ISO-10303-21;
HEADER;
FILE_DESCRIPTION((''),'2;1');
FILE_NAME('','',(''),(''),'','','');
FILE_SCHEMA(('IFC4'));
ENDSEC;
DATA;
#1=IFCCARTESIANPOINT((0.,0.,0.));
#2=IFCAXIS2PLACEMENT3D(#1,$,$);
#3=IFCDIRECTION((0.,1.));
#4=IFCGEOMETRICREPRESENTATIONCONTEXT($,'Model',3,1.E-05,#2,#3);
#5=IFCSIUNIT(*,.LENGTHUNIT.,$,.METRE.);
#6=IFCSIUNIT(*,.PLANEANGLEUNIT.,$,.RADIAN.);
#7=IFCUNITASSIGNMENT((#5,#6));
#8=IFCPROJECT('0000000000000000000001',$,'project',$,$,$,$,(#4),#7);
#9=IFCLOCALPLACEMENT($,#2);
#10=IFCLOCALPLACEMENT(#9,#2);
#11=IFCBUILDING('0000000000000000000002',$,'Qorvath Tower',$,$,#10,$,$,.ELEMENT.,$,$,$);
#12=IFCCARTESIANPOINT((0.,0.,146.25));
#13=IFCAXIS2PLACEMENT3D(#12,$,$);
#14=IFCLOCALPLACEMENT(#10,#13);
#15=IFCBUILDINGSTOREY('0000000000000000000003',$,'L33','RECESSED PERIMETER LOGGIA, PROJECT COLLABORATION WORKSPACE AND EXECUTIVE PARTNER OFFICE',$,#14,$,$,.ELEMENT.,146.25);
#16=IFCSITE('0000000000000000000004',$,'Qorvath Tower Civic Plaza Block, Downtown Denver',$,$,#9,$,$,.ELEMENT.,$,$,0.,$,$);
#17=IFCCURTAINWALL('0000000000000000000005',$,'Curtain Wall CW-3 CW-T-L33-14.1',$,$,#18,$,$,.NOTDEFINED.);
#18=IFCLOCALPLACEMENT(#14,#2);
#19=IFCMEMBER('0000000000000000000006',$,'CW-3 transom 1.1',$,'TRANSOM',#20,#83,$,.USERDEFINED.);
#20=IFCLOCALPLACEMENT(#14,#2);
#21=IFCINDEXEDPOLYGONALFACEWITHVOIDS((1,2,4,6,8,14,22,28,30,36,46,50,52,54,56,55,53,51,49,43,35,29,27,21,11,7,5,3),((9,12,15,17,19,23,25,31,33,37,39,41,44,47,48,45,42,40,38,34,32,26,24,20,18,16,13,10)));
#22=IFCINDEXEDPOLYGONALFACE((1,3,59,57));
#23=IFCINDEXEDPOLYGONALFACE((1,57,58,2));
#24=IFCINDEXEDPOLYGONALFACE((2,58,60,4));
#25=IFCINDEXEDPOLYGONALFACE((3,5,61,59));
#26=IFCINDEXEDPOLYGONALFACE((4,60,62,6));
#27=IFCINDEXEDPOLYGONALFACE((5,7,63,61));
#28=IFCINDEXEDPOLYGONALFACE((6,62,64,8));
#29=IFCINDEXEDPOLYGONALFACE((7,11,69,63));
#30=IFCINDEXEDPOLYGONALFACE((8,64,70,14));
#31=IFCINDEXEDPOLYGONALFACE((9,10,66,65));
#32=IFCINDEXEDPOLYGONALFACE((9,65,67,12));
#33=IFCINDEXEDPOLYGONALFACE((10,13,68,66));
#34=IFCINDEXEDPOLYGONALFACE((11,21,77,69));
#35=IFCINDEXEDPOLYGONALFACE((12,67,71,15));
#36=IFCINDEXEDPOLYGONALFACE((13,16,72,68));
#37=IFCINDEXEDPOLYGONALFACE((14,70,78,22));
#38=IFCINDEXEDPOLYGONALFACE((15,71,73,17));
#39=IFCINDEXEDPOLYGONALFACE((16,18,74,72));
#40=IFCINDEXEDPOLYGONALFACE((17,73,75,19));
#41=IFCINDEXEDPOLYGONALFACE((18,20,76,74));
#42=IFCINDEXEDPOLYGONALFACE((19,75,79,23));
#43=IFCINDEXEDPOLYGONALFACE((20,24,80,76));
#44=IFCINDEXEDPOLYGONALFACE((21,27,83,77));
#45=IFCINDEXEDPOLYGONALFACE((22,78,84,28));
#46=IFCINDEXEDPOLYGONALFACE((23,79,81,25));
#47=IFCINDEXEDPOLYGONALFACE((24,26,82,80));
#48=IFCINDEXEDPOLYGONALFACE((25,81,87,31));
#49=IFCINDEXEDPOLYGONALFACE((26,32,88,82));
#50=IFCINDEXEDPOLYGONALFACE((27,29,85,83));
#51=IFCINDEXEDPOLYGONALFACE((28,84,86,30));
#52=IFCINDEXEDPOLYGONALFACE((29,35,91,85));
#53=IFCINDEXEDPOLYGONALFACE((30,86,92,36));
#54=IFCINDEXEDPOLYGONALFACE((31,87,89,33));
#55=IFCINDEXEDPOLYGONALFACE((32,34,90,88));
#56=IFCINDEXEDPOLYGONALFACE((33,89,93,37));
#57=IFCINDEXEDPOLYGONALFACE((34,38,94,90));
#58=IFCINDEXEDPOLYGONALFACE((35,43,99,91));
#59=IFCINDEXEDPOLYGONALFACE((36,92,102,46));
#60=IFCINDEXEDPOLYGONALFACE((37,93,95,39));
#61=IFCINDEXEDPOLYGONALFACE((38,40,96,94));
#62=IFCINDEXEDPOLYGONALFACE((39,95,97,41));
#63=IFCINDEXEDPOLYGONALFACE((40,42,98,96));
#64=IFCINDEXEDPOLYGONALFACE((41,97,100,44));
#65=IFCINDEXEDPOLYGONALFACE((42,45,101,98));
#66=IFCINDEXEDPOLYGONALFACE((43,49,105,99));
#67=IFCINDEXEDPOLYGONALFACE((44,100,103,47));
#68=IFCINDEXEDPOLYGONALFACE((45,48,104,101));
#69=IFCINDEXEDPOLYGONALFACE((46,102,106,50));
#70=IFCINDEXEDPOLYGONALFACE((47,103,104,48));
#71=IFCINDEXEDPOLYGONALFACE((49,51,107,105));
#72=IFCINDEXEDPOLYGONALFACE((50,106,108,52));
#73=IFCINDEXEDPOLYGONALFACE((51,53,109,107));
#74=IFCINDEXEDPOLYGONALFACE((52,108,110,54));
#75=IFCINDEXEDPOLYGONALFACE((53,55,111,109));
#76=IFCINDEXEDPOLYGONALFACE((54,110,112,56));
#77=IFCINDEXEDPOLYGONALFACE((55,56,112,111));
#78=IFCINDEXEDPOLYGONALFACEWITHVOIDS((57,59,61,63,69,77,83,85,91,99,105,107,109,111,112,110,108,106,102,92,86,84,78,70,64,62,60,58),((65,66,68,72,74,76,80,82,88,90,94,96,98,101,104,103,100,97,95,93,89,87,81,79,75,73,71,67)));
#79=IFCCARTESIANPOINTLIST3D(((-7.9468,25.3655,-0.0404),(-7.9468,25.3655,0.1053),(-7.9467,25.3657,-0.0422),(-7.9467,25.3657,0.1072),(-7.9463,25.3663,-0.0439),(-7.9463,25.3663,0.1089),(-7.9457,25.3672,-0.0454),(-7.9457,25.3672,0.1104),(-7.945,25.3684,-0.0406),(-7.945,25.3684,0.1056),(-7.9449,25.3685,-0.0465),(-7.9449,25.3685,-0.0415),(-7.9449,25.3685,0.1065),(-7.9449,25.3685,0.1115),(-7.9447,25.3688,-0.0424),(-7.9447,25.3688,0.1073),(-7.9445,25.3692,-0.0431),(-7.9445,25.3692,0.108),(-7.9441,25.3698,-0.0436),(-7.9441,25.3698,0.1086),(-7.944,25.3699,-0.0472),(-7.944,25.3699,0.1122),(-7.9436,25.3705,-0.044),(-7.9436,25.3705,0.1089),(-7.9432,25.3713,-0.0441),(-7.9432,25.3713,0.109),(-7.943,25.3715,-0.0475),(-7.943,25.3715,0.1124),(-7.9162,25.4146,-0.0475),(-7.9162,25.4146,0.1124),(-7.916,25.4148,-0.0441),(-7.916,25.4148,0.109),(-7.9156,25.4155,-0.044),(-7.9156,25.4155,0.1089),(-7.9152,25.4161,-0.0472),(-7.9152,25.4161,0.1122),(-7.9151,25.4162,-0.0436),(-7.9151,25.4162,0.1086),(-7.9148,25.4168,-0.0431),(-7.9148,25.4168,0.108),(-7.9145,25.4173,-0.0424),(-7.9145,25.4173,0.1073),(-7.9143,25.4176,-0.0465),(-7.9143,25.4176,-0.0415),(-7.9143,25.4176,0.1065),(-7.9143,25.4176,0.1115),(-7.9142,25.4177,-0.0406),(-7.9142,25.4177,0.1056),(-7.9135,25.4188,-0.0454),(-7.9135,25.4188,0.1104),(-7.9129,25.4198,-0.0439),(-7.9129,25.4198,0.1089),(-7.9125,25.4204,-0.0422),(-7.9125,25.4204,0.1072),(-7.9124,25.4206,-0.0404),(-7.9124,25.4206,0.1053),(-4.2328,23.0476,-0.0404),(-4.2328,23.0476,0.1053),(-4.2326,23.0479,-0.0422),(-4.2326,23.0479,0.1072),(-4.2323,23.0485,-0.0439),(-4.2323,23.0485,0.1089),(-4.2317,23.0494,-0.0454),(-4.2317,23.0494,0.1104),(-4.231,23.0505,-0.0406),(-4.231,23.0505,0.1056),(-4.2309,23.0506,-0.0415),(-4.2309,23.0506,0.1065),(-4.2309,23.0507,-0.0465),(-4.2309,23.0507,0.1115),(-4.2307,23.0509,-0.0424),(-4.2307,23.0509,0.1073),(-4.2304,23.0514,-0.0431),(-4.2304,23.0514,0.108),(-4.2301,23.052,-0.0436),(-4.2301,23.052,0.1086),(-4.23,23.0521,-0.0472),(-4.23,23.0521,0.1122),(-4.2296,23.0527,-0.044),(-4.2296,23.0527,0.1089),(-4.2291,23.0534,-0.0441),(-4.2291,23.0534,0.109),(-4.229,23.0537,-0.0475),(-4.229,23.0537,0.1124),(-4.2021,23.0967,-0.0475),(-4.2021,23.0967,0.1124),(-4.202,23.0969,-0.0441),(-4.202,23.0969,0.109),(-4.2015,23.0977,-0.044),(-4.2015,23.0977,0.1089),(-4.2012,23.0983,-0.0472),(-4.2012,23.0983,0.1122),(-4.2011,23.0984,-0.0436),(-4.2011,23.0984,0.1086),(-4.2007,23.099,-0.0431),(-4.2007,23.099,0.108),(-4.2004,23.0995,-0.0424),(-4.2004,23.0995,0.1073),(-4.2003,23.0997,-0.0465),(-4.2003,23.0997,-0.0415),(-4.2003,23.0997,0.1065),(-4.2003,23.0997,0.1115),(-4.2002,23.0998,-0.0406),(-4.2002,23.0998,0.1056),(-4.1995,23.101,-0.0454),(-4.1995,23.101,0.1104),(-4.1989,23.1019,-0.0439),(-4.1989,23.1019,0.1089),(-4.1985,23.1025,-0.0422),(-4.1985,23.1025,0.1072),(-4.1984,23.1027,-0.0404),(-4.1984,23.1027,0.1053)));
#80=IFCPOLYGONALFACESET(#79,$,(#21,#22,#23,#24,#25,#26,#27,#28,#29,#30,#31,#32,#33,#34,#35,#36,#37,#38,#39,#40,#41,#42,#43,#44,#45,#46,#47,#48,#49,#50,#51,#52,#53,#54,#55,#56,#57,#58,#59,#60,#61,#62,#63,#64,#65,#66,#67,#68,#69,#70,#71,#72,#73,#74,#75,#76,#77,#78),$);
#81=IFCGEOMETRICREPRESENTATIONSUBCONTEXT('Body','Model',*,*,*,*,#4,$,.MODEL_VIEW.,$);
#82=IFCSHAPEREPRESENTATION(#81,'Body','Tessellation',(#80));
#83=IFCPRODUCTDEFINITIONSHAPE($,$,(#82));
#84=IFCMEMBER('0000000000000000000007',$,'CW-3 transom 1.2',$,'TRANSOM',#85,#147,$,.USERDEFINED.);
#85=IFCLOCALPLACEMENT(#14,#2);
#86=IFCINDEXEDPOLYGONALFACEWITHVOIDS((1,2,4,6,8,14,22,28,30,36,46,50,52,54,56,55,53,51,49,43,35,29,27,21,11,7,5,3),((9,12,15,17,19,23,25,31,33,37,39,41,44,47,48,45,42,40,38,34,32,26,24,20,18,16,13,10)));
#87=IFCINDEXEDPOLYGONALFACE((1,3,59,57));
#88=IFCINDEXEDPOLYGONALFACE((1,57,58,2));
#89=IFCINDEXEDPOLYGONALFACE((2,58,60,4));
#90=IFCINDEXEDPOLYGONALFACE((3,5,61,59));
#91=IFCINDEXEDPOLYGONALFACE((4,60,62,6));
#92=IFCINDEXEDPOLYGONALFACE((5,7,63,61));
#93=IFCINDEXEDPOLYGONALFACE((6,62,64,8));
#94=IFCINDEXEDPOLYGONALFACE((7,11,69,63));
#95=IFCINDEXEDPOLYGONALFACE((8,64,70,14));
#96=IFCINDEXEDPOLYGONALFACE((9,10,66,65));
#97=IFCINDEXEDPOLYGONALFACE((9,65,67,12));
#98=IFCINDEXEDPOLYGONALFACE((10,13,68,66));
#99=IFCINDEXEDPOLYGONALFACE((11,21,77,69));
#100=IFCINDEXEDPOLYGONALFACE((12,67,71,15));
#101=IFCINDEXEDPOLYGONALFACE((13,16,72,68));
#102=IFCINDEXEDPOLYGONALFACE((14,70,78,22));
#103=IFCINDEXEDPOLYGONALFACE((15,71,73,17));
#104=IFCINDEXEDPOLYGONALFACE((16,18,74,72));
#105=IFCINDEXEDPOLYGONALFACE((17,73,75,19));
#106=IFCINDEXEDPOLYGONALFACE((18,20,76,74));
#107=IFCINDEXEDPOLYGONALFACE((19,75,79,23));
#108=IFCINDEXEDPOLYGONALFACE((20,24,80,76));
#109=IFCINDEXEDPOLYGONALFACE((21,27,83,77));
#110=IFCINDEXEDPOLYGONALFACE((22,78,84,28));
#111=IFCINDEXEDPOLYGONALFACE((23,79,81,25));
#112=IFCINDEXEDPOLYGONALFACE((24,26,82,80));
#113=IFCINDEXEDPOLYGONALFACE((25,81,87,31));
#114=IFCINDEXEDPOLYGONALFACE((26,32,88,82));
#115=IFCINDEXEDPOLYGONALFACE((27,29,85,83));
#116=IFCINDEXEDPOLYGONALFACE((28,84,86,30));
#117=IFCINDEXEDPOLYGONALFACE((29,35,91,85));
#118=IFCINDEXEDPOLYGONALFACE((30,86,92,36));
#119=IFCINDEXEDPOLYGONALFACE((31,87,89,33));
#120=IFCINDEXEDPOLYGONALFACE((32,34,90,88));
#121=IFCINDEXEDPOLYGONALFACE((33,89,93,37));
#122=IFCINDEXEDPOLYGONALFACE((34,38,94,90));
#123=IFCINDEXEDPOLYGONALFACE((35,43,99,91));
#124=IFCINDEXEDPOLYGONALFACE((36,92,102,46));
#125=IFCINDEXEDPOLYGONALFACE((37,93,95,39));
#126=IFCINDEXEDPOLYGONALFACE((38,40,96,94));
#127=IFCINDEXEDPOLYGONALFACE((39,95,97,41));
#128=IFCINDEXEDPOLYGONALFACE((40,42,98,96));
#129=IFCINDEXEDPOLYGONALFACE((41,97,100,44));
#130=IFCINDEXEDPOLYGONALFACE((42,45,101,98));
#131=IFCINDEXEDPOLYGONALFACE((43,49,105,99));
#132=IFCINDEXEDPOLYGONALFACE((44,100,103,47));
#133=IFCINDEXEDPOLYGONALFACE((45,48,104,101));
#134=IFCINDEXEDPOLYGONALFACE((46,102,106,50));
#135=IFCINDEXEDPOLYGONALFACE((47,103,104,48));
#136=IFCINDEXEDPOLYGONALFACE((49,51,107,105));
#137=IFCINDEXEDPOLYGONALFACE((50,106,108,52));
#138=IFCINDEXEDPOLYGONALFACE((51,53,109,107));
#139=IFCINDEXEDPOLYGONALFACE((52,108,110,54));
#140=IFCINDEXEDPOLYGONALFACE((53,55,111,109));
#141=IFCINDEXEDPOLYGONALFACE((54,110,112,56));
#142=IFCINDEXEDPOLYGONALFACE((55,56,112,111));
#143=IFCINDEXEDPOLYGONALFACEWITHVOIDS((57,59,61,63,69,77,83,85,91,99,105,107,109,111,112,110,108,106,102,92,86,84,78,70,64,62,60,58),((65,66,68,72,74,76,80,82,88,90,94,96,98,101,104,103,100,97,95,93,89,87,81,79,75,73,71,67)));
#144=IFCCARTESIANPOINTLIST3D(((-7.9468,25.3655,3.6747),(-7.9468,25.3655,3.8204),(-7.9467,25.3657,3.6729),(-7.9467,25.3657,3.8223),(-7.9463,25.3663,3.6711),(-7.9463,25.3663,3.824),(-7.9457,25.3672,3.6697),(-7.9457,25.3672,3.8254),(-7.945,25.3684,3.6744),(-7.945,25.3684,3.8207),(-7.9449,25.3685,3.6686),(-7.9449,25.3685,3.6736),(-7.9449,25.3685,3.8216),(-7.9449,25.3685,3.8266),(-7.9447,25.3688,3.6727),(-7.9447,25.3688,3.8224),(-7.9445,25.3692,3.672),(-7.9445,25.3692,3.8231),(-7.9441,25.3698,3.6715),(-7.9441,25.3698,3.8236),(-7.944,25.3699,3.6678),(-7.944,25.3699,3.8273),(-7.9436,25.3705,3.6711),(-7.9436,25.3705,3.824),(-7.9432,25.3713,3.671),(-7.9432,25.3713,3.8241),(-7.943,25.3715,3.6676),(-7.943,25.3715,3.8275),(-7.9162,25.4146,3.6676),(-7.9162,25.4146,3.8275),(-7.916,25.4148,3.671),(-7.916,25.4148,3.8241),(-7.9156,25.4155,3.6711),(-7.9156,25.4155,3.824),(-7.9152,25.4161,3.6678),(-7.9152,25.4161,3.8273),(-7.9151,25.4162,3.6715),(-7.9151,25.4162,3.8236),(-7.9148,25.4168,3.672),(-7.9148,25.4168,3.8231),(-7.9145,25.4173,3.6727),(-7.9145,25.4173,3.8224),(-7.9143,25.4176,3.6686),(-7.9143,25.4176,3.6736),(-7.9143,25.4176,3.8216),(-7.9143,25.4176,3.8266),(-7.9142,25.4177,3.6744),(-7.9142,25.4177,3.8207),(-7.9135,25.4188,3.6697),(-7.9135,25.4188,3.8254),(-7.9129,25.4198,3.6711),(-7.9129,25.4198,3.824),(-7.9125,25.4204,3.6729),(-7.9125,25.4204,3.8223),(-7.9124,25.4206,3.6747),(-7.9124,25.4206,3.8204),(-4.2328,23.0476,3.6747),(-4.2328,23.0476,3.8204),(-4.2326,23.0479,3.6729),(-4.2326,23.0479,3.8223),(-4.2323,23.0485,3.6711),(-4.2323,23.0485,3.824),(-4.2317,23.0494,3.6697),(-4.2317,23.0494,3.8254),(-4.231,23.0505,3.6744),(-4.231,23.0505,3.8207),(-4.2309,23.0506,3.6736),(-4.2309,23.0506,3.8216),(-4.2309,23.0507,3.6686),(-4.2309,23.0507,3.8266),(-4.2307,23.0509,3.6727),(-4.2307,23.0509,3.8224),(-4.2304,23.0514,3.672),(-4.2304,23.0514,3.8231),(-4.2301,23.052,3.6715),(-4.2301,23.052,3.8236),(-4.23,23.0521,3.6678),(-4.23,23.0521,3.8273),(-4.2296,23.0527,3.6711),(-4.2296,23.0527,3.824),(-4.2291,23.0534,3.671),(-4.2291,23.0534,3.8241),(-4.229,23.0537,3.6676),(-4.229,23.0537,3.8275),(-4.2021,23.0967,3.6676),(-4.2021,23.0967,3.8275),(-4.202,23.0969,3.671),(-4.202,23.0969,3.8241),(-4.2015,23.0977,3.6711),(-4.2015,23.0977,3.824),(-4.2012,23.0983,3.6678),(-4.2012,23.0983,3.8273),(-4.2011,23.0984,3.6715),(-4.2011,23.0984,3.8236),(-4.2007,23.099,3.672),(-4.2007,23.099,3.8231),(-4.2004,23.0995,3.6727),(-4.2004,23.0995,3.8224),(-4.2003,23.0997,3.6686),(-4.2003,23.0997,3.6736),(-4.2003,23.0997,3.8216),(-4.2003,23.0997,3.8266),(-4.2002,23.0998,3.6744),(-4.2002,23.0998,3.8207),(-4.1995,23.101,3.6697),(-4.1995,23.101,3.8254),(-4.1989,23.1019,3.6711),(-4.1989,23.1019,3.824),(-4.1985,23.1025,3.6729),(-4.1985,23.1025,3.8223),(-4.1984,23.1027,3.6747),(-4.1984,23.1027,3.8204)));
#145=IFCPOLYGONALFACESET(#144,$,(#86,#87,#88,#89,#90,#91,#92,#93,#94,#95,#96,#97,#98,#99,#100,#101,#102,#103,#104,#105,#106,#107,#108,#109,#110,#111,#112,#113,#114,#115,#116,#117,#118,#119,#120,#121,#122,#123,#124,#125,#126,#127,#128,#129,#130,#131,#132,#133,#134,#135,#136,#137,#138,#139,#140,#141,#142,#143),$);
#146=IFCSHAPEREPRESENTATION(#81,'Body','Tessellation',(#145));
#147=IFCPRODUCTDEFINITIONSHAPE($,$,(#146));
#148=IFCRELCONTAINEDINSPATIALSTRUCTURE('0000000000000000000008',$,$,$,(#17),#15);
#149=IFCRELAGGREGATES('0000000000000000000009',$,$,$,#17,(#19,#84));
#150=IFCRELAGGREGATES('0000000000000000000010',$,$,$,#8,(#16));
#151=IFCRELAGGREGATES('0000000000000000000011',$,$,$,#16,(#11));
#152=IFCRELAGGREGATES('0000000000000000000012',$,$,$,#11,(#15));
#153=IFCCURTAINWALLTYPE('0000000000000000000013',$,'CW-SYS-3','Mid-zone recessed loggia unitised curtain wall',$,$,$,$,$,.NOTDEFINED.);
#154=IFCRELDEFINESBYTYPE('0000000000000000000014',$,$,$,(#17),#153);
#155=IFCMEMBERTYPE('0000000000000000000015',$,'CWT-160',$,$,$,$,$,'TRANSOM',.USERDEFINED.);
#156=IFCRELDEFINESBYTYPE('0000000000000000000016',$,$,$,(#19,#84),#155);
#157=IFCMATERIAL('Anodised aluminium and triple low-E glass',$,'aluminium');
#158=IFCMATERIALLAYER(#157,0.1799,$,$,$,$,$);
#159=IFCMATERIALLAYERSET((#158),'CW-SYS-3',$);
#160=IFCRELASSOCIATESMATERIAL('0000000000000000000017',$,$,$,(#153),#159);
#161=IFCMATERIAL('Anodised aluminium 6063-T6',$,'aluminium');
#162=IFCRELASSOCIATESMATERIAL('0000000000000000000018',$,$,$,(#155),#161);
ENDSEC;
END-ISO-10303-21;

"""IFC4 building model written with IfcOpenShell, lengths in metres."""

from ifc_helpers import new_model, si_unit, direction, frame, origin, origin_2d, place, context, subcontext, project, spatial, hollow_rectangle, extrude, material, layer, layer_set, material_profile, profile_set, type_object, element, aggregate, save


model = new_model("IFC4")

# Units and contexts
model_context = context("Model", 3, precision=1e-05, world=origin(), true_north=direction((0.0, 1.0)))
body_context = subcontext(model_context, "Body", "Model", "MODEL_VIEW")
ifc_project = project(units=[si_unit("LENGTHUNIT", "METRE"), si_unit("PLANEANGLEUNIT", "RADIAN")], contexts=[model_context])

# Site, building, storey
site_placement = place(None, origin())
site = spatial("IfcSite", under=ifc_project, at=site_placement, Name="Qorvath Tower Civic Plaza Block, Downtown Denver", CompositionType="ELEMENT", RefElevation=0.0)
building_placement = place(site_placement, origin())
building = spatial("IfcBuilding", under=site, at=building_placement, Name="Qorvath Tower", CompositionType="ELEMENT")
storey_placement = place(building_placement, frame((0.0, 0.0, 146.25)))
storey = spatial("IfcBuildingStorey", under=building, at=storey_placement, Name="L33", Description="RECESSED PERIMETER LOGGIA, PROJECT COLLABORATION WORKSPACE AND EXECUTIVE PARTNER OFFICE", CompositionType="ELEMENT", Elevation=146.25)

# Shared definitions
ifc_material_1 = material(Name="Anodised aluminium and triple low-E glass", Category="aluminium")
ifc_layer_1 = layer(ifc_material_1, 0.1799)
ifc_layer_set_1 = layer_set([ifc_layer_1], Name="CW-SYS-3")
curtain_wall_type = type_object("IfcCurtainWallType", Name="CW-SYS-3", Description="Mid-zone recessed loggia unitised curtain wall", PredefinedType="NOTDEFINED", material=ifc_layer_set_1)

# Curtain wall
curtain_wall_1_placement = place(storey_placement, origin())
curtain_wall_1 = element("IfcCurtainWall", 1, at=curtain_wall_1_placement, inside=storey, type_object=curtain_wall_type, Name="Curtain Wall CW-3 CW-T-L33-14.1", PredefinedType="NOTDEFINED")

# Members
ifc_material_2 = material(Name="Anodised aluminium 6063-T6", Category="aluminium")
ifc_material_profile_1 = material_profile(ifc_material_2, hollow_rectangle(XDim=0.0649, YDim=0.1599, WallThickness=0.0034, InnerFilletRadius=0.0034, OuterFilletRadius=0.0071, at=origin_2d()), Name="CWT 160x65")
ifc_profile_set_1 = profile_set([ifc_material_profile_1], Name="Anodised aluminium 6063-T6")
member_type_1 = type_object("IfcMemberType", Name="CWT-160", ElementType="TRANSOM", PredefinedType="USERDEFINED", material=ifc_profile_set_1)
member_1_placement = place(storey_placement, frame((-4.2156, 23.0752, 0.0325), z_axis=(-0.848352, 0.529432, 0.0), x_axis=(-0.529432, -0.848352, 0.0)))
member_1 = element("IfcMember", 2, at=member_1_placement, type_object=member_type_1, Name="CW-3 transom 1.1", ObjectType="TRANSOM", PredefinedType="USERDEFINED", context=body_context, shape_type="SweptSolid", body=[
    extrude(hollow_rectangle(XDim=0.0649, YDim=0.1599, WallThickness=0.0034, InnerFilletRadius=0.0034, OuterFilletRadius=0.0071, at=origin_2d()), origin(), (0.0, 0.0, 1.0), 4.3779),
])
member_2_placement = place(storey_placement, frame((-4.2156, 23.0752, 3.7476), z_axis=(-0.848352, 0.529432, 0.0), x_axis=(-0.529432, -0.848352, 0.0)))
member_2 = element("IfcMember", 3, at=member_2_placement, type_object=member_type_1, Name="CW-3 transom 1.2", ObjectType="TRANSOM", PredefinedType="USERDEFINED", context=body_context, shape_type="SweptSolid", body=[
    extrude(hollow_rectangle(XDim=0.0649, YDim=0.1599, WallThickness=0.0034, InnerFilletRadius=0.0034, OuterFilletRadius=0.0071, at=origin_2d()), origin(), (0.0, 0.0, 1.0), 4.3779),
])

aggregate(curtain_wall_1, [member_1, member_2])

save(model, "model.ifc")
